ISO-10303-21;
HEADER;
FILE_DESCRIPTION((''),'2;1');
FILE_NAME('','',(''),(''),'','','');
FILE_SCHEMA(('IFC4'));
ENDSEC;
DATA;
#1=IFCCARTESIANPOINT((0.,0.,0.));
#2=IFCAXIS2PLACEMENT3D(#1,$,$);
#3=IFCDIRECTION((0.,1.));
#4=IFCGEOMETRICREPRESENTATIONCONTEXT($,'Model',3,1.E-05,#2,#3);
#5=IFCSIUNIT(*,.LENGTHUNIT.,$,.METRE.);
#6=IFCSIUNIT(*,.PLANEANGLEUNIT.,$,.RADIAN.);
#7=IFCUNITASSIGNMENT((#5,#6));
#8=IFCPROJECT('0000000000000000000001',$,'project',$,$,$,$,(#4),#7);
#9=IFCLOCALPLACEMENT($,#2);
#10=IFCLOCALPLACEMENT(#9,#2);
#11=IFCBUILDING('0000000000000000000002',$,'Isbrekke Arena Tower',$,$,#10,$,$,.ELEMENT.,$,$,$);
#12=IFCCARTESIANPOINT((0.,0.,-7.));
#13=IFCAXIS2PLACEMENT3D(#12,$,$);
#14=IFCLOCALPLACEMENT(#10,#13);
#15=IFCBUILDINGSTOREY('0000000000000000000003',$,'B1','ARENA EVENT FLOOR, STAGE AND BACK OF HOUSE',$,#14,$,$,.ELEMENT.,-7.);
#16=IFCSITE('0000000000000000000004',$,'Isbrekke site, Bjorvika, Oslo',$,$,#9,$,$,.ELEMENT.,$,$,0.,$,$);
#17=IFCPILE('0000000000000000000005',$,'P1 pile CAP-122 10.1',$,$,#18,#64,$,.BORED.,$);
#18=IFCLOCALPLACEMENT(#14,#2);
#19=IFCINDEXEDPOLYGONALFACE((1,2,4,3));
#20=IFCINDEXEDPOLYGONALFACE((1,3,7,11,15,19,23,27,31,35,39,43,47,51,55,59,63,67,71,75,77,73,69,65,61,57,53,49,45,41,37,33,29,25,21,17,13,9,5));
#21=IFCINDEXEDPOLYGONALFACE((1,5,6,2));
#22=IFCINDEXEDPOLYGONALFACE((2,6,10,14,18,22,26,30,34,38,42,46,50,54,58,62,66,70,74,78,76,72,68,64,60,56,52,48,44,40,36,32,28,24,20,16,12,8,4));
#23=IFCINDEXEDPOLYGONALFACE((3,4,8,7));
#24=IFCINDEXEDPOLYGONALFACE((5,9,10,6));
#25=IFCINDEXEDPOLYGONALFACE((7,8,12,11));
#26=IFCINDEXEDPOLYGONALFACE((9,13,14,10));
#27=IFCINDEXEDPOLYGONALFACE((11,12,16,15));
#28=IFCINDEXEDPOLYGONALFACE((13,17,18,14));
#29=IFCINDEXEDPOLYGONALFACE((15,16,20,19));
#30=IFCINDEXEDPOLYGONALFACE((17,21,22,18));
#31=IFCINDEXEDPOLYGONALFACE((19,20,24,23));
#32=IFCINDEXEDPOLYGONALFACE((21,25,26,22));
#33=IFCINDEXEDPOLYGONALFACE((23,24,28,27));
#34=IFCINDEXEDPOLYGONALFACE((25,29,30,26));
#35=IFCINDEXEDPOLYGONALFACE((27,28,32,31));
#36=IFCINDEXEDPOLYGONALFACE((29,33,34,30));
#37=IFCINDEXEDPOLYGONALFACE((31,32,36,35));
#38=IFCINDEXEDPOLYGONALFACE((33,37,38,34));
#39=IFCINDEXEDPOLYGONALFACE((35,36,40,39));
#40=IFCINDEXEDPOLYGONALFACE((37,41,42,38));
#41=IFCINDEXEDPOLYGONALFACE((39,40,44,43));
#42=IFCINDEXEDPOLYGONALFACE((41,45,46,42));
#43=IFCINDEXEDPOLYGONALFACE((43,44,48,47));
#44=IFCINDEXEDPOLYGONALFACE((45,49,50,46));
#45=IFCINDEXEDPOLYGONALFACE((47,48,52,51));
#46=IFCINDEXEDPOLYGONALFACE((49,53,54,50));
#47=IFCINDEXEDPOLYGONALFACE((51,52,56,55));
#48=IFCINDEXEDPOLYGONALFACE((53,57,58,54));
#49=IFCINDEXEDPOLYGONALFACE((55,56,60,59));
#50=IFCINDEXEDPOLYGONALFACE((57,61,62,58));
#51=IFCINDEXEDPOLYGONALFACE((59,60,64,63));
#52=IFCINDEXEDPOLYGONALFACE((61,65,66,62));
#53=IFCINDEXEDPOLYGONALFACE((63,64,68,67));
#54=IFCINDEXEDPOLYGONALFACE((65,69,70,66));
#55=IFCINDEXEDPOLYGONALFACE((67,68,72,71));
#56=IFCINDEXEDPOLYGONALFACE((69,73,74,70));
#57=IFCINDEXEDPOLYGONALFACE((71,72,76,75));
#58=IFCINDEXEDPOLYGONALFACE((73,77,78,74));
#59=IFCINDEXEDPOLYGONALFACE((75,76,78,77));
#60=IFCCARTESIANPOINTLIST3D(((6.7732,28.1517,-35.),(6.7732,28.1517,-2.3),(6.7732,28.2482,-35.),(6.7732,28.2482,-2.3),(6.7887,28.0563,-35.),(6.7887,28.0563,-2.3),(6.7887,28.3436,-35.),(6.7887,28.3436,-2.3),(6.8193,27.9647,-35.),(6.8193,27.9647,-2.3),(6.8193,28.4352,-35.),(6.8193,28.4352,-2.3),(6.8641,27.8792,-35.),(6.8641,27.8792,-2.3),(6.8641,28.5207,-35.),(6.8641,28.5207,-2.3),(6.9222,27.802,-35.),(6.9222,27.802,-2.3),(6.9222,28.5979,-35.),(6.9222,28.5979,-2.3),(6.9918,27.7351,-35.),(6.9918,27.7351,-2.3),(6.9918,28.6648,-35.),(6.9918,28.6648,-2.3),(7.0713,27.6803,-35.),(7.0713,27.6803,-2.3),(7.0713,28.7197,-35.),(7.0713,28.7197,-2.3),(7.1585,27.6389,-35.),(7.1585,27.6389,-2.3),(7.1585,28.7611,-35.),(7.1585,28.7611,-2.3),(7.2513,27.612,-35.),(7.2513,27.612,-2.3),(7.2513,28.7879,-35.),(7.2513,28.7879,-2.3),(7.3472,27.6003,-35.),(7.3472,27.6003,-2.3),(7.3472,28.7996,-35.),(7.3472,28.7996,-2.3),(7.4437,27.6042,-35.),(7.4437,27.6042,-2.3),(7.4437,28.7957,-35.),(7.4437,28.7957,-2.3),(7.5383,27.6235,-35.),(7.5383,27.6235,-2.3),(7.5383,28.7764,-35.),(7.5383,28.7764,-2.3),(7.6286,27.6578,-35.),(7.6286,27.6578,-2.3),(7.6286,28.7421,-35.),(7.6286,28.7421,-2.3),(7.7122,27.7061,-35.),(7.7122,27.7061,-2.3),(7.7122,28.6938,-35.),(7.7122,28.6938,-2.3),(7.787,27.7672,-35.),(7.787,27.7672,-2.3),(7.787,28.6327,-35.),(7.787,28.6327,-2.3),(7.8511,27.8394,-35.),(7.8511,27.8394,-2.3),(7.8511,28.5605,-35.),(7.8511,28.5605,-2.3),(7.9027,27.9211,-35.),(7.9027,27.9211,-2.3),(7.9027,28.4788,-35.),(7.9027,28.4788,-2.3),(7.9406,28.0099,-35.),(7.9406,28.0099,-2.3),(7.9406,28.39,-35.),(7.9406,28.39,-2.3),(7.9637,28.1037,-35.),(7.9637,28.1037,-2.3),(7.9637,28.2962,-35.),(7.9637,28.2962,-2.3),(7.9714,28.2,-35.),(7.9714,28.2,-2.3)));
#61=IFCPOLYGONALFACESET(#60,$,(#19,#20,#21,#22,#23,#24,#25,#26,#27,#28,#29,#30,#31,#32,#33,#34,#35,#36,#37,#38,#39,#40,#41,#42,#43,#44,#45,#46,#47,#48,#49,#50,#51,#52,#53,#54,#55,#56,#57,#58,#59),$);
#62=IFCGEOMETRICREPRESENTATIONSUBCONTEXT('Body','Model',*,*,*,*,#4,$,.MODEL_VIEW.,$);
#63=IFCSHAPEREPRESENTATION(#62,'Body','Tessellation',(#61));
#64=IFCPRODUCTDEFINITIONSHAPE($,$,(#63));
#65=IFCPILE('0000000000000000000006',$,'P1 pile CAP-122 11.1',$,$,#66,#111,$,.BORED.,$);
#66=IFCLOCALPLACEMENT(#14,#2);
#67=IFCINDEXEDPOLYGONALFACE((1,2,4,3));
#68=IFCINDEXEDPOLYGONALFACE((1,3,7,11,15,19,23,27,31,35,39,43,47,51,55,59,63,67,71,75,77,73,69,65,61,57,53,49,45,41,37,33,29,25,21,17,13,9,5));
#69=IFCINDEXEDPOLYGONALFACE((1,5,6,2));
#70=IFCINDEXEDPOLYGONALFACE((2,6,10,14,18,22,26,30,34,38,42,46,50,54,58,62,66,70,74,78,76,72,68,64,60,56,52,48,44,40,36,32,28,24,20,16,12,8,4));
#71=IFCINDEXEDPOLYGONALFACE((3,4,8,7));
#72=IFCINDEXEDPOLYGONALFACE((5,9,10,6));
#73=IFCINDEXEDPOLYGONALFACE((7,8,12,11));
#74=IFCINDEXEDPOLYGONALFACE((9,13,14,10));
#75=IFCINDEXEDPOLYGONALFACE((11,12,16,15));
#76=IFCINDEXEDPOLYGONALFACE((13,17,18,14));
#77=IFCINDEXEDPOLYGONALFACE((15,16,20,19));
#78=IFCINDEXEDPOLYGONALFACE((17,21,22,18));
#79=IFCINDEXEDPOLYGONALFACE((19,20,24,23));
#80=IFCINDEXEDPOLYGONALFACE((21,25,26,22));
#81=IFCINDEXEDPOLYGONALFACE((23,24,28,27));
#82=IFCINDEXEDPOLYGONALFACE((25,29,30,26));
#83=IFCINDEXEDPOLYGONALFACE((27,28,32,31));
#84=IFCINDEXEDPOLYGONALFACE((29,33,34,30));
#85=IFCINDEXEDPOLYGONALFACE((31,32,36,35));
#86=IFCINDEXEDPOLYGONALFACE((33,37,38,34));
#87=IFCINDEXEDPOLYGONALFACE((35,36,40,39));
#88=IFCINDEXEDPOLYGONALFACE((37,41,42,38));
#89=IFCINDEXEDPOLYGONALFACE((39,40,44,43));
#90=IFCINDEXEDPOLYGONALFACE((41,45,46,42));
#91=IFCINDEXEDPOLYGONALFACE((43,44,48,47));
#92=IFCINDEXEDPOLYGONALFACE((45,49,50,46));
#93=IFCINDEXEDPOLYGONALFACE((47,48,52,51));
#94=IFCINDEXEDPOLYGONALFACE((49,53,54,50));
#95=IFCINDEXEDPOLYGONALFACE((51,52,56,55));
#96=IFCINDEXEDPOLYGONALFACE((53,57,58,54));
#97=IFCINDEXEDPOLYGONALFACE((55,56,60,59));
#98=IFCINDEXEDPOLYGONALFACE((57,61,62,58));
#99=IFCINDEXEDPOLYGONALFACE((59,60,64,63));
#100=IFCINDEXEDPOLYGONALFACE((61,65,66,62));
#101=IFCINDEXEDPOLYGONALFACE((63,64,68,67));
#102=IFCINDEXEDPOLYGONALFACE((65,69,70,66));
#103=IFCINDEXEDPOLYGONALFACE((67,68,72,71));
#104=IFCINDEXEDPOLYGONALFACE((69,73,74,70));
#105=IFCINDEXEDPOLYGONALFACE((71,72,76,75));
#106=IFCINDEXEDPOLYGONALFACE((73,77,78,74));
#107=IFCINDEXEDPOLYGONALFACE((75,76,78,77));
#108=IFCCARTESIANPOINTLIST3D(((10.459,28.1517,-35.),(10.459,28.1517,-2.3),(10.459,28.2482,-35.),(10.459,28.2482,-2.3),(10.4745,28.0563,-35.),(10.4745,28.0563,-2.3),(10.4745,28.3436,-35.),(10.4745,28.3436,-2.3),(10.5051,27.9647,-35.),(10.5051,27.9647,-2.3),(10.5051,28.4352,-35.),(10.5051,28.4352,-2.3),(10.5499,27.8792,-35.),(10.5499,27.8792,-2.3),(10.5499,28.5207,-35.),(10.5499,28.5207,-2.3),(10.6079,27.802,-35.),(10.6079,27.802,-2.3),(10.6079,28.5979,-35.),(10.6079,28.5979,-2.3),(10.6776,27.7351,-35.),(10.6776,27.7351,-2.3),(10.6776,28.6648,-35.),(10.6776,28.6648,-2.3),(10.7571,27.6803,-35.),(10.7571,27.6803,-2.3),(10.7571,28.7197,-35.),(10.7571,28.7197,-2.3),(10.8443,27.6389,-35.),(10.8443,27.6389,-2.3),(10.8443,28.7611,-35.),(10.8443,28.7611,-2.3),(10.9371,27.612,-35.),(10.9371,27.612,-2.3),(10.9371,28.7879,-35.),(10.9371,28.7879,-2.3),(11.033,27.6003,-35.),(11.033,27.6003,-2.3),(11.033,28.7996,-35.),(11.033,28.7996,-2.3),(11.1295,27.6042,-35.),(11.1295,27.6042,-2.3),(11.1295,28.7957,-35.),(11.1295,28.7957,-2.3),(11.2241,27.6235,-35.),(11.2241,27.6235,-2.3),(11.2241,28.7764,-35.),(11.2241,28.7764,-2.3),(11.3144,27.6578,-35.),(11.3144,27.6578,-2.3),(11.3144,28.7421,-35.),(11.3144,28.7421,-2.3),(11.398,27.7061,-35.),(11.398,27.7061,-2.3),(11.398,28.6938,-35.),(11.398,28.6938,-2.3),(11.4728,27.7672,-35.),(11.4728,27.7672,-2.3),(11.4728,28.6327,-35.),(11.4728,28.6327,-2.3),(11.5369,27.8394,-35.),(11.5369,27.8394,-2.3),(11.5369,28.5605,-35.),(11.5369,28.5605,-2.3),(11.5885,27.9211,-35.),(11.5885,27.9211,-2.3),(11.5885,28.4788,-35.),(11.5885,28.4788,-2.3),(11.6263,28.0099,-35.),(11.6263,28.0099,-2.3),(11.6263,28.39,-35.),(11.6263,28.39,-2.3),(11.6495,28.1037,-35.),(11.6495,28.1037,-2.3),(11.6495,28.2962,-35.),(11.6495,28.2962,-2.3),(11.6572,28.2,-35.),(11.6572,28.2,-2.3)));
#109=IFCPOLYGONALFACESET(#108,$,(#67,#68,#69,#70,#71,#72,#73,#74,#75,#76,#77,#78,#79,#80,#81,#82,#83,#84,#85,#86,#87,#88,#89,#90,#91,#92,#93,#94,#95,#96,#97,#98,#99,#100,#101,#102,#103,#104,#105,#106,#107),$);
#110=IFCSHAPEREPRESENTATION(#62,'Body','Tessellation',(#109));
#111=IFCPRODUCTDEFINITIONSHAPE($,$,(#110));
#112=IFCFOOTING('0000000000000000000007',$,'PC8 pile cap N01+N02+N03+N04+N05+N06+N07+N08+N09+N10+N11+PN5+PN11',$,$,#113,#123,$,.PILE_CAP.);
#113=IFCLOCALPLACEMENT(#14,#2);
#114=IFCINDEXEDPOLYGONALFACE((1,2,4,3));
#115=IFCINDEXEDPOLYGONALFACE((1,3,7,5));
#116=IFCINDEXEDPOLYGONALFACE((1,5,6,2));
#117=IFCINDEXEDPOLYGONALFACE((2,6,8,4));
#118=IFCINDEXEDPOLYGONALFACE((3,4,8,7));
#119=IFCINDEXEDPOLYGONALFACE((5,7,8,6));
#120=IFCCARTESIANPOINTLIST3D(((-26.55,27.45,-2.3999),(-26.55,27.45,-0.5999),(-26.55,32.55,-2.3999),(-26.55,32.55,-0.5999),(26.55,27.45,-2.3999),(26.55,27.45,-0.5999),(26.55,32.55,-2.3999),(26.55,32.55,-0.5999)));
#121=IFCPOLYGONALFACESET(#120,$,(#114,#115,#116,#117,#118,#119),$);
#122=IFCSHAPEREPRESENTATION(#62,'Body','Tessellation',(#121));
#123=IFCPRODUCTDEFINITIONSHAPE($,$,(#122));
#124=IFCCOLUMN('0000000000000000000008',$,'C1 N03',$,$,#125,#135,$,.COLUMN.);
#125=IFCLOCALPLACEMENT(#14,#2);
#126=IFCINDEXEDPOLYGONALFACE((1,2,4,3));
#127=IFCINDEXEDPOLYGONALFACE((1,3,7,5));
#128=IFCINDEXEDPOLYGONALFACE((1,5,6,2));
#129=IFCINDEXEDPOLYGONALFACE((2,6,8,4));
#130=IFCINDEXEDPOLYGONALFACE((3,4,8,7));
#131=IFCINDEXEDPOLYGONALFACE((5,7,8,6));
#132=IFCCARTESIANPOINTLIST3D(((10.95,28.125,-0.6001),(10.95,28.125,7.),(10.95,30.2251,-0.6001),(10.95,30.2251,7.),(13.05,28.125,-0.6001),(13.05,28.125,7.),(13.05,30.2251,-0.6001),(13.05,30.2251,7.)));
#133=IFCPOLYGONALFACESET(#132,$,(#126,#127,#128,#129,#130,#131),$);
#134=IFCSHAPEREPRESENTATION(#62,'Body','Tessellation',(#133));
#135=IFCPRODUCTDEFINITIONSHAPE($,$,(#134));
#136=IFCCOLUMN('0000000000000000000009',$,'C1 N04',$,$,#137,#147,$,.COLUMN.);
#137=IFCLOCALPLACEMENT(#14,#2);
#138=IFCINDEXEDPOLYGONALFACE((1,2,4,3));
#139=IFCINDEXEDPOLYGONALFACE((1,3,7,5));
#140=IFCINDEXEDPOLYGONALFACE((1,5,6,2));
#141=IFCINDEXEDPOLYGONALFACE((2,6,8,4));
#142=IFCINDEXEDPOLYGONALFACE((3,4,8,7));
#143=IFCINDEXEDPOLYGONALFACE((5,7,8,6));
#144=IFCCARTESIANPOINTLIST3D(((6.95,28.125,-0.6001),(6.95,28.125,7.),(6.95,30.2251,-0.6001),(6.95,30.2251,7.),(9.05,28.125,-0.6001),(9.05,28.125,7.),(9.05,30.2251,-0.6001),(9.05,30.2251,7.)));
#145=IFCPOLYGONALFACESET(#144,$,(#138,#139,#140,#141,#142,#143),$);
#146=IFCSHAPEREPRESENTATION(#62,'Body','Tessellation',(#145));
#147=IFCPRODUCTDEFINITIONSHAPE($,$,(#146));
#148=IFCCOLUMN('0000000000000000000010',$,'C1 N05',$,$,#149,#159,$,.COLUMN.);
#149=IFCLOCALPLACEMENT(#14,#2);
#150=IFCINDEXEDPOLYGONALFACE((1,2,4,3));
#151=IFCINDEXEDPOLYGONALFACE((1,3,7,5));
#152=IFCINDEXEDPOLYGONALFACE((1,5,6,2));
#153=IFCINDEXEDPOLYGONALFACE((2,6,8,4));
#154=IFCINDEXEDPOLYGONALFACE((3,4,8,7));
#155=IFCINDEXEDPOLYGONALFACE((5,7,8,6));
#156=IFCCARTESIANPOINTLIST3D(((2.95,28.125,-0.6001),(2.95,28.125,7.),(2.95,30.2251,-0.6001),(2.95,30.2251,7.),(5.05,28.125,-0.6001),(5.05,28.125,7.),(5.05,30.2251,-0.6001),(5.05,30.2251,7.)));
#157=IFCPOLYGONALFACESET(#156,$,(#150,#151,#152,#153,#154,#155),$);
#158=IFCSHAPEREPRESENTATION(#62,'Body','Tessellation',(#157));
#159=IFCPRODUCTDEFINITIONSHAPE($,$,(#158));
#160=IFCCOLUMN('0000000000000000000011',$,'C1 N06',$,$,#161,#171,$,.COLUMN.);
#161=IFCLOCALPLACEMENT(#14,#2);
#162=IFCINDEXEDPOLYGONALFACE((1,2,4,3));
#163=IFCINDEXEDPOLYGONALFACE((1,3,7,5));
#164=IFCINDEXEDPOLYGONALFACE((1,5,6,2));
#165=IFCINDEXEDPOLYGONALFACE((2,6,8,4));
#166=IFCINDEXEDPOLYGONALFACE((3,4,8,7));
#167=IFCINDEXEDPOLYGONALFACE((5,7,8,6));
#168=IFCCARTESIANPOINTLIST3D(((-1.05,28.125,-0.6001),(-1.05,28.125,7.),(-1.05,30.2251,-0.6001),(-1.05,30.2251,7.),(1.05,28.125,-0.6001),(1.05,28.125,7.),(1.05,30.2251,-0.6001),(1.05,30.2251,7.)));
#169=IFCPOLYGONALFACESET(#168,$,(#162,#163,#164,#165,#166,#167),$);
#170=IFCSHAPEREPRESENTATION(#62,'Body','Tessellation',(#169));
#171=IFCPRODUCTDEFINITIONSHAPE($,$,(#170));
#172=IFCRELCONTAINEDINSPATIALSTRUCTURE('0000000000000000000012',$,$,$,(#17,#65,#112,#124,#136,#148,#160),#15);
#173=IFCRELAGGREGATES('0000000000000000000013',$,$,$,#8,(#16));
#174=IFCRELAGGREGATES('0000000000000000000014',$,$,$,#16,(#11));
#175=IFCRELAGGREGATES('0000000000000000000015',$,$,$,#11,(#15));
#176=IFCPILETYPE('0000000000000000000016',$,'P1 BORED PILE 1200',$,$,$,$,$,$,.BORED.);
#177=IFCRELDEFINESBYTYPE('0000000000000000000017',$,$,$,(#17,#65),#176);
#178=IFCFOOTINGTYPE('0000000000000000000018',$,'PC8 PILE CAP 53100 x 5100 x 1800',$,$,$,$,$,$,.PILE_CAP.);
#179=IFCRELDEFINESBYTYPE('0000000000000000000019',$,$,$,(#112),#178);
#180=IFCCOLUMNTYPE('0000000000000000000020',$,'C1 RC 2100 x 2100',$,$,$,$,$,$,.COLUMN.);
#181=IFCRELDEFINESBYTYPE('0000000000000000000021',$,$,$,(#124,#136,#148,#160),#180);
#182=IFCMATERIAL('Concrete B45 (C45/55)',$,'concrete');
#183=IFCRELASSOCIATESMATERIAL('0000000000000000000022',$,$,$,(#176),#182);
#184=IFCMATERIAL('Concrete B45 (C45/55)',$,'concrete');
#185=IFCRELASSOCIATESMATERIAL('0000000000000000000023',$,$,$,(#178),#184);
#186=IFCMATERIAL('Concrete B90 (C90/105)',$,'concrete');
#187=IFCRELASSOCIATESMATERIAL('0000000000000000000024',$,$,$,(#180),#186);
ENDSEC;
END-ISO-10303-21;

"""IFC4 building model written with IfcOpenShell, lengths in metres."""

from ifc_helpers import new_model, si_unit, direction, frame, origin, origin_2d, place, context, subcontext, project, spatial, rectangle, circle, extrude, material, material_profile, profile_set, type_object, element, save


model = new_model("IFC4")

# Units and contexts
model_context = context("Model", 3, precision=1e-05, world=origin(), true_north=direction((0.0, 1.0)))
body_context = subcontext(model_context, "Body", "Model", "MODEL_VIEW")
ifc_project = project(units=[si_unit("LENGTHUNIT", "METRE"), si_unit("PLANEANGLEUNIT", "RADIAN")], contexts=[model_context])

# Site, building, storey
site_placement = place(None, origin())
site = spatial("IfcSite", under=ifc_project, at=site_placement, Name="Isbrekke site, Bjorvika, Oslo", CompositionType="ELEMENT", RefElevation=0.0)
building_placement = place(site_placement, origin())
building = spatial("IfcBuilding", under=site, at=building_placement, Name="Isbrekke Arena Tower", CompositionType="ELEMENT")
storey_placement = place(building_placement, frame((0.0, 0.0, -7.0)))
storey = spatial("IfcBuildingStorey", under=building, at=storey_placement, Name="B1", Description="ARENA EVENT FLOOR, STAGE AND BACK OF HOUSE", CompositionType="ELEMENT", Elevation=-7.0)

# Piles
ifc_material_1 = material(Name="Concrete B45 (C45/55)", Category="concrete")
ifc_material_profile_1 = material_profile(ifc_material_1, circle(Radius=0.6001, at=origin_2d()), Name="BORED PILE D1200")
ifc_profile_set_1 = profile_set([ifc_material_profile_1], Name="Concrete B45 (C45/55)")
pile_type = type_object("IfcPileType", Name="P1 BORED PILE 1200", PredefinedType="BORED", material=ifc_profile_set_1)
for number, where, z_axis, x_axis, name in (
    (1, (7.3713, 28.2, -2.3), (0.0, 0.0, -1.0), (1.0, 0.0, 0.0), "P1 pile CAP-122 10.1"),
    (2, (11.0571, 28.2, -2.3), (0.0, 0.0, -1.0), (1.0, 0.0, 0.0), "P1 pile CAP-122 11.1"),
):
    element("IfcPile", number, at=place(storey_placement, frame(where, z_axis=z_axis, x_axis=x_axis)), inside=storey, type_object=pile_type, Name=name, PredefinedType="BORED", context=body_context, shape_type="SweptSolid", body=[
        extrude(circle(Radius=0.6001, at=origin_2d()), origin(), (0.0, 0.0, 1.0), 32.7),
    ])

# Footing
ifc_material_2 = material(Name="Concrete B45 (C45/55)", Category="concrete")
footing_type = type_object("IfcFootingType", Name="PC8 PILE CAP 53100 x 5100 x 1800", PredefinedType="PILE_CAP", material=ifc_material_2)
footing_placement = place(storey_placement, frame((0.0, 30.0, -2.3999), z_axis=(0.0, 0.0, 1.0), x_axis=(1.0, 0.0, 0.0)))
element("IfcFooting", 3, at=footing_placement, inside=storey, type_object=footing_type, Name="PC8 pile cap N01+N02+N03+N04+N05+N06+N07+N08+N09+N10+N11+PN5+PN11", PredefinedType="PILE_CAP", context=body_context, shape_type="SweptSolid", body=[
    extrude(rectangle(XDim=53.1001, YDim=5.1001, at=origin_2d()), origin(), (0.0, 0.0, 1.0), 1.8),
])

# Columns
ifc_material_3 = material(Name="Concrete B90 (C90/105)", Category="concrete")
ifc_material_profile_2 = material_profile(ifc_material_3, rectangle(XDim=2.1001, YDim=2.1001, at=origin_2d()), Name="RC 2100x2100")
ifc_profile_set_2 = profile_set([ifc_material_profile_2], Name="Concrete B90 (C90/105)")
column_type = type_object("IfcColumnType", Name="C1 RC 2100 x 2100", PredefinedType="COLUMN", material=ifc_profile_set_2)
for number, where, z_axis, x_axis, name in (
    (4, (12.0, 29.175, -0.6001), (0.0, 0.0, 1.0), (-1.0, 0.0, 0.0), "C1 N03"),
    (5, (8.0, 29.175, -0.6001), (0.0, 0.0, 1.0), (-1.0, 0.0, 0.0), "C1 N04"),
    (6, (4.0, 29.175, -0.6001), (0.0, 0.0, 1.0), (-1.0, 0.0, 0.0), "C1 N05"),
    (7, (0.0, 29.175, -0.6001), (0.0, 0.0, 1.0), (-1.0, 0.0, 0.0), "C1 N06"),
):
    element("IfcColumn", number, at=place(storey_placement, frame(where, z_axis=z_axis, x_axis=x_axis)), inside=storey, type_object=column_type, Name=name, PredefinedType="COLUMN", context=body_context, shape_type="SweptSolid", body=[
        extrude(rectangle(XDim=2.1001, YDim=2.1001, at=origin_2d()), origin(), (0.0, 0.0, 1.0), 7.6001),
    ])

save(model, "model.ifc")
